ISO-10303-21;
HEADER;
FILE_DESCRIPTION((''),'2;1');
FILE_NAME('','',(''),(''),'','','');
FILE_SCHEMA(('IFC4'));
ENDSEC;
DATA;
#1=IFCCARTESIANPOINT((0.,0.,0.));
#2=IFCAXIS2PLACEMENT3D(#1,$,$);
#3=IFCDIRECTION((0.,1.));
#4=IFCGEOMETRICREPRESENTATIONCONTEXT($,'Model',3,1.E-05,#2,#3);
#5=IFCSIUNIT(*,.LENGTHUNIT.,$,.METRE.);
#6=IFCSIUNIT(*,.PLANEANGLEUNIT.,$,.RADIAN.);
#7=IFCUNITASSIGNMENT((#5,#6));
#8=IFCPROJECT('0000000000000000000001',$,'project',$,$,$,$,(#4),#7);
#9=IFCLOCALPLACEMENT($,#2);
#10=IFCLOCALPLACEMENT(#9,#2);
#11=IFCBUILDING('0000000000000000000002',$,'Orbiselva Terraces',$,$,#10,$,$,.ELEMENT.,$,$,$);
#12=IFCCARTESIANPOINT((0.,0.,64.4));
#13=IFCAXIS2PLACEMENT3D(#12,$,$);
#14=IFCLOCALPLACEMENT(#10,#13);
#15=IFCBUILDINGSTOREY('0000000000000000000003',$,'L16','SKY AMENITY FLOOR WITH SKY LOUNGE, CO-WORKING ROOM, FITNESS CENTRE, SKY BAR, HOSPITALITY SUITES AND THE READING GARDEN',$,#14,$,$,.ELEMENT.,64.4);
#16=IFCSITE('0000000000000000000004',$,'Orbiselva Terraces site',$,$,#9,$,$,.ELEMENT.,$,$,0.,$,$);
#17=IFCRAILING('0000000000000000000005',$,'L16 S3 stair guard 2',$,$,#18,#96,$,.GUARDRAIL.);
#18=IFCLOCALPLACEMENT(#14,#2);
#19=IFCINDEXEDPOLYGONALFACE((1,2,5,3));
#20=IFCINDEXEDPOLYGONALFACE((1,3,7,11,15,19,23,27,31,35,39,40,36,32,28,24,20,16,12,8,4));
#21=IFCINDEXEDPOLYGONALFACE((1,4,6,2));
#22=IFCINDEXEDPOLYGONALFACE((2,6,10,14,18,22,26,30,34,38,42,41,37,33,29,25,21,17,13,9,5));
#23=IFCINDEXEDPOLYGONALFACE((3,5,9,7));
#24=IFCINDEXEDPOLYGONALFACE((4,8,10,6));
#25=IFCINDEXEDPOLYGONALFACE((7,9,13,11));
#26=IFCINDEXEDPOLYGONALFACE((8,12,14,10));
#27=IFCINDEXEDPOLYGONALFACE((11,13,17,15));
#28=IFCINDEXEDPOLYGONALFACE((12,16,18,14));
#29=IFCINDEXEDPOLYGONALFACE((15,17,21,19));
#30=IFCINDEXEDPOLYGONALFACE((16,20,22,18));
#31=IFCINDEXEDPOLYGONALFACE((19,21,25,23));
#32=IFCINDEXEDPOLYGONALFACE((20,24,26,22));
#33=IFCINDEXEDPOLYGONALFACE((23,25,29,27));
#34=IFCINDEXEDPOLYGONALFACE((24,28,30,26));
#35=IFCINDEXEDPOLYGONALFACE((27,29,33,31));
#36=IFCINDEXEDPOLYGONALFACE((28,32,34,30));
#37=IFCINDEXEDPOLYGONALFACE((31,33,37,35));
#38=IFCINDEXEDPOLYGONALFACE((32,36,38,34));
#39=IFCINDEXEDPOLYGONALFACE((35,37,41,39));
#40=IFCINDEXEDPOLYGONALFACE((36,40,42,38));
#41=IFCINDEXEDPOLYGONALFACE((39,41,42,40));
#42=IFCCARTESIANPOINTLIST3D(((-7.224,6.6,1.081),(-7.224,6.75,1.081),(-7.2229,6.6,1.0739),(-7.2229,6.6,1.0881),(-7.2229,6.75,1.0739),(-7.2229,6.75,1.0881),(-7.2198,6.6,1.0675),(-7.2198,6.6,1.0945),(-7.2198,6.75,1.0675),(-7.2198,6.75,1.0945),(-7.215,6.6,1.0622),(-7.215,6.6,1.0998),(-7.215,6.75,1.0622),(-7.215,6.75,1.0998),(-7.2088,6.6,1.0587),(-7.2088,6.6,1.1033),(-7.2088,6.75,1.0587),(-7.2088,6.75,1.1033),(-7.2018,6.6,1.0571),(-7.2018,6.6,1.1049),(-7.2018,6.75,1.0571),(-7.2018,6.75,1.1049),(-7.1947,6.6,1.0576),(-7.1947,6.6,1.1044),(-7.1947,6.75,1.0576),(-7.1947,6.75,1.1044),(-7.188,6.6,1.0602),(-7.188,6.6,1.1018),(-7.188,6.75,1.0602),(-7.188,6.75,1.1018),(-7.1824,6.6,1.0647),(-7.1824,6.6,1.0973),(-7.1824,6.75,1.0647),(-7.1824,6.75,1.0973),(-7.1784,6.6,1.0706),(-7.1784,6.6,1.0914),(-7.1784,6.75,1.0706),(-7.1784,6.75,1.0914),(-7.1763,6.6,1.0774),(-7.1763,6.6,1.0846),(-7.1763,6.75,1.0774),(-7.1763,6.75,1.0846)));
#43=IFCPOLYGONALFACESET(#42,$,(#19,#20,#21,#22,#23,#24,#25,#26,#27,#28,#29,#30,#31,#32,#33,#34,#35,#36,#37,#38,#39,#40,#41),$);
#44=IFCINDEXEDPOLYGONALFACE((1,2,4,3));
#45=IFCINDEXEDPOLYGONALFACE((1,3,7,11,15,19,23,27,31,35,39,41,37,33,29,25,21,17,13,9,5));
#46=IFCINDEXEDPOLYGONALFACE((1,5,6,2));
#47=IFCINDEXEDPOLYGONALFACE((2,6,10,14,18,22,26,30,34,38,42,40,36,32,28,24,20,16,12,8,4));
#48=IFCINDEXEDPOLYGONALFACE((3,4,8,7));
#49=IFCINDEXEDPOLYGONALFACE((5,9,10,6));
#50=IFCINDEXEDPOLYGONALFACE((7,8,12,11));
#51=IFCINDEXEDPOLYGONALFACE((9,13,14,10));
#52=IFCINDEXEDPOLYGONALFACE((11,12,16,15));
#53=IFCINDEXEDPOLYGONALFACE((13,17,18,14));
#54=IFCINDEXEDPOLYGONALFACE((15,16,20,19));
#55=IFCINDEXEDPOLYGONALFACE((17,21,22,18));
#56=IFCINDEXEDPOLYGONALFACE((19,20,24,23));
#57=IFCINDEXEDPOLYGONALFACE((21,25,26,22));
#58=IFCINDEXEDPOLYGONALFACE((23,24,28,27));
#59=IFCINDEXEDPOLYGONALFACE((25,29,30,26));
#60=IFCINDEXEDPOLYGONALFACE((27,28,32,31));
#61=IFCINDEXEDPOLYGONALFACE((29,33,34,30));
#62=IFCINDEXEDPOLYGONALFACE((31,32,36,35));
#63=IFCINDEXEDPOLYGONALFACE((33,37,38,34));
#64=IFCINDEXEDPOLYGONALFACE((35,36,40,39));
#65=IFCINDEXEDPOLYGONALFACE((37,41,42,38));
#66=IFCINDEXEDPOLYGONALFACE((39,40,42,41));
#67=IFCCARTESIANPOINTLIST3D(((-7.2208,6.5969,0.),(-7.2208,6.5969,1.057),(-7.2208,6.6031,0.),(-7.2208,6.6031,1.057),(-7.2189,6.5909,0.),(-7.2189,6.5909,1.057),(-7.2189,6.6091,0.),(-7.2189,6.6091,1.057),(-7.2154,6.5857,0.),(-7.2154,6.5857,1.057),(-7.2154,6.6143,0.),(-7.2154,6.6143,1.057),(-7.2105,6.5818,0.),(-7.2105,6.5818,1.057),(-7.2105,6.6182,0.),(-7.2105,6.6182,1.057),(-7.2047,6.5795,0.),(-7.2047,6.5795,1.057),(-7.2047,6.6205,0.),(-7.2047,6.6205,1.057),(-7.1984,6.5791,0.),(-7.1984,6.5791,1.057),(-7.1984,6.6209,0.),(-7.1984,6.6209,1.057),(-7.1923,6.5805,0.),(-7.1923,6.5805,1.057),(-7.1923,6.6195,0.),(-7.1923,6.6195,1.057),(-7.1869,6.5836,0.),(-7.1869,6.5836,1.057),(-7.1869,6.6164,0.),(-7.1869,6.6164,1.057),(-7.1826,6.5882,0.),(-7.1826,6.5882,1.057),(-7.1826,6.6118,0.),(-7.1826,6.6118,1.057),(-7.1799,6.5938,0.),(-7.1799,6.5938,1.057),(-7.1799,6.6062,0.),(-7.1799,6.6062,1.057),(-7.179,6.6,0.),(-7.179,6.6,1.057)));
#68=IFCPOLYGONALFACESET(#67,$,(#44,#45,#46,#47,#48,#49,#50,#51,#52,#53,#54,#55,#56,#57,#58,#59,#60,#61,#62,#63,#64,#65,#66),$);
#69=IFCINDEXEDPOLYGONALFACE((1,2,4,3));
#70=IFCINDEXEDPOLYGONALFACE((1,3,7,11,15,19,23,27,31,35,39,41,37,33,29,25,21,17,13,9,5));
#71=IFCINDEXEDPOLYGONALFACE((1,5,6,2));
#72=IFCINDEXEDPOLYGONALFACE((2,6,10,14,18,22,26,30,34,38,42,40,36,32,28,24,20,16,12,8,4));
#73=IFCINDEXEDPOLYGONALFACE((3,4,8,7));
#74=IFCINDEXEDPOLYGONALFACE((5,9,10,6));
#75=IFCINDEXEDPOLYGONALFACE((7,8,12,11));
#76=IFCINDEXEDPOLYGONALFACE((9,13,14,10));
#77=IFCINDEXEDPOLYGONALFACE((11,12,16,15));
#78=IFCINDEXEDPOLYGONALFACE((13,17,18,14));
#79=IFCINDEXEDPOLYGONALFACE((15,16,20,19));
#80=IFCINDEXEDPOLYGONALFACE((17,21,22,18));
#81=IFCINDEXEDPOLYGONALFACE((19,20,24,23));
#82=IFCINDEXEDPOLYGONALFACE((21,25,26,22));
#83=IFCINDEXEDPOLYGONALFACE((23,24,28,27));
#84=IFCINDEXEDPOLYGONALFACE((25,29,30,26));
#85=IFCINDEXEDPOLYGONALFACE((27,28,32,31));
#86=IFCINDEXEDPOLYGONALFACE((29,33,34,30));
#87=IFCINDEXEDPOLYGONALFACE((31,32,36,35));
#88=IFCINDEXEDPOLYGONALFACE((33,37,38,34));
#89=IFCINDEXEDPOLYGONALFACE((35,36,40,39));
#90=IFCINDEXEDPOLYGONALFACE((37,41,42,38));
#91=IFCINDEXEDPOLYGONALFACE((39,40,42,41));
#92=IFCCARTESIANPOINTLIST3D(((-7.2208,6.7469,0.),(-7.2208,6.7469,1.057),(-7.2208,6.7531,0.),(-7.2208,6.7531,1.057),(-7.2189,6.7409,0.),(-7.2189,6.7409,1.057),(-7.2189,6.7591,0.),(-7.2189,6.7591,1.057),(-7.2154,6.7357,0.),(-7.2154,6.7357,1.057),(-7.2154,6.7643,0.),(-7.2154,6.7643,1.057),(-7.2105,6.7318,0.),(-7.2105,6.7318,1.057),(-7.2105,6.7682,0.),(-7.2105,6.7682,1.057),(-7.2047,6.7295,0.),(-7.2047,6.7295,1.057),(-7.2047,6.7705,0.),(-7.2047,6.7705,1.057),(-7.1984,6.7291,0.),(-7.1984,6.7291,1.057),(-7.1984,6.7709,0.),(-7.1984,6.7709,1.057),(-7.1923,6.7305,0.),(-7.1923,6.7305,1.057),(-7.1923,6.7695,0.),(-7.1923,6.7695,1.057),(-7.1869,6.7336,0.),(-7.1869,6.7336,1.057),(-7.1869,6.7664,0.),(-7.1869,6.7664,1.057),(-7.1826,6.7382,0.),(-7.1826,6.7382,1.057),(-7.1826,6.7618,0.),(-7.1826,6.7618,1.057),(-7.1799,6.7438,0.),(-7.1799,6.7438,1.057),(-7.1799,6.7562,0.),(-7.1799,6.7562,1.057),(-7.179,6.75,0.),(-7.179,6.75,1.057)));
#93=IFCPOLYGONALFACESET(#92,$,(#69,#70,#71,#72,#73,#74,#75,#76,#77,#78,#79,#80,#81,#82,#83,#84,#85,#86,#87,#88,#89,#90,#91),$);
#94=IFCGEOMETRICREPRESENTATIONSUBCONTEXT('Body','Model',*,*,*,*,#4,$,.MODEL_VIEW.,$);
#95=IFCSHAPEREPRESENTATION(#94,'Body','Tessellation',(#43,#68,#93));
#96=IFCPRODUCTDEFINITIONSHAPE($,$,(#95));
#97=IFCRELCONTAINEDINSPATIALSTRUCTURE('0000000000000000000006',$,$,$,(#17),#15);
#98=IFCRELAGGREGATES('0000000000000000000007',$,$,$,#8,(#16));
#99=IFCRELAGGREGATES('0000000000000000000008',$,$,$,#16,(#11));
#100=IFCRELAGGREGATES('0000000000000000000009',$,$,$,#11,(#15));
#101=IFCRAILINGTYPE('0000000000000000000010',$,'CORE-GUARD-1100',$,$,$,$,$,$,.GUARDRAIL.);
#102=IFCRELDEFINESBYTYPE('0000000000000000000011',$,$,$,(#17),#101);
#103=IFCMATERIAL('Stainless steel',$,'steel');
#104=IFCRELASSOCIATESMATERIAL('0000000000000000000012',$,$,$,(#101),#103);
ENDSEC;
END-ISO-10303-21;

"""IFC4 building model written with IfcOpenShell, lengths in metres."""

from ifc_helpers import new_model, si_unit, direction, frame, origin, origin_2d, place, context, subcontext, project, spatial, circle, extrude, material, type_object, element, save


model = new_model("IFC4")

# Units and contexts
model_context = context("Model", 3, precision=1e-05, world=origin(), true_north=direction((0.0, 1.0)))
body_context = subcontext(model_context, "Body", "Model", "MODEL_VIEW")
ifc_project = project(units=[si_unit("LENGTHUNIT", "METRE"), si_unit("PLANEANGLEUNIT", "RADIAN")], contexts=[model_context])

# Site, building, storey
site_placement = place(None, origin())
site = spatial("IfcSite", under=ifc_project, at=site_placement, Name="Orbiselva Terraces site", CompositionType="ELEMENT", RefElevation=0.0)
building_placement = place(site_placement, origin())
building = spatial("IfcBuilding", under=site, at=building_placement, Name="Orbiselva Terraces", CompositionType="ELEMENT")
storey_placement = place(building_placement, frame((0.0, 0.0, 64.4)))
storey = spatial("IfcBuildingStorey", under=building, at=storey_placement, Name="L16", Description="SKY AMENITY FLOOR WITH SKY LOUNGE, CO-WORKING ROOM, FITNESS CENTRE, SKY BAR, HOSPITALITY SUITES AND THE READING GARDEN", CompositionType="ELEMENT", Elevation=64.4)

# Railing
ifc_material_1 = material(Name="Stainless steel", Category="steel")
railing_type_1 = type_object("IfcRailingType", Name="CORE-GUARD-1100", PredefinedType="GUARDRAIL", material=ifc_material_1)
railing_1_placement = place(storey_placement, frame((-7.2, 6.6, 0.0)))
element("IfcRailing", 1, at=railing_1_placement, inside=storey, type_object=railing_type_1, Name="L16 S3 stair guard 2", PredefinedType="GUARDRAIL", context=body_context, shape_type="SweptSolid", body=[
    extrude(circle(Radius=0.024, at=origin_2d()), frame((0.0, 0.0, 1.081), z_axis=(0.0, 1.0, 0.0), x_axis=(-1.0, 0.0, 0.0)), (0.0, 0.0, 1.0), 0.15),
    extrude(circle(Radius=0.021, at=origin_2d()), origin(), (0.0, 0.0, 1.0), 1.057),
    extrude(circle(Radius=0.021, at=origin_2d()), frame((0.0, 0.15, 0.0)), (0.0, 0.0, 1.0), 1.057),
])

save(model, "model.ifc")
